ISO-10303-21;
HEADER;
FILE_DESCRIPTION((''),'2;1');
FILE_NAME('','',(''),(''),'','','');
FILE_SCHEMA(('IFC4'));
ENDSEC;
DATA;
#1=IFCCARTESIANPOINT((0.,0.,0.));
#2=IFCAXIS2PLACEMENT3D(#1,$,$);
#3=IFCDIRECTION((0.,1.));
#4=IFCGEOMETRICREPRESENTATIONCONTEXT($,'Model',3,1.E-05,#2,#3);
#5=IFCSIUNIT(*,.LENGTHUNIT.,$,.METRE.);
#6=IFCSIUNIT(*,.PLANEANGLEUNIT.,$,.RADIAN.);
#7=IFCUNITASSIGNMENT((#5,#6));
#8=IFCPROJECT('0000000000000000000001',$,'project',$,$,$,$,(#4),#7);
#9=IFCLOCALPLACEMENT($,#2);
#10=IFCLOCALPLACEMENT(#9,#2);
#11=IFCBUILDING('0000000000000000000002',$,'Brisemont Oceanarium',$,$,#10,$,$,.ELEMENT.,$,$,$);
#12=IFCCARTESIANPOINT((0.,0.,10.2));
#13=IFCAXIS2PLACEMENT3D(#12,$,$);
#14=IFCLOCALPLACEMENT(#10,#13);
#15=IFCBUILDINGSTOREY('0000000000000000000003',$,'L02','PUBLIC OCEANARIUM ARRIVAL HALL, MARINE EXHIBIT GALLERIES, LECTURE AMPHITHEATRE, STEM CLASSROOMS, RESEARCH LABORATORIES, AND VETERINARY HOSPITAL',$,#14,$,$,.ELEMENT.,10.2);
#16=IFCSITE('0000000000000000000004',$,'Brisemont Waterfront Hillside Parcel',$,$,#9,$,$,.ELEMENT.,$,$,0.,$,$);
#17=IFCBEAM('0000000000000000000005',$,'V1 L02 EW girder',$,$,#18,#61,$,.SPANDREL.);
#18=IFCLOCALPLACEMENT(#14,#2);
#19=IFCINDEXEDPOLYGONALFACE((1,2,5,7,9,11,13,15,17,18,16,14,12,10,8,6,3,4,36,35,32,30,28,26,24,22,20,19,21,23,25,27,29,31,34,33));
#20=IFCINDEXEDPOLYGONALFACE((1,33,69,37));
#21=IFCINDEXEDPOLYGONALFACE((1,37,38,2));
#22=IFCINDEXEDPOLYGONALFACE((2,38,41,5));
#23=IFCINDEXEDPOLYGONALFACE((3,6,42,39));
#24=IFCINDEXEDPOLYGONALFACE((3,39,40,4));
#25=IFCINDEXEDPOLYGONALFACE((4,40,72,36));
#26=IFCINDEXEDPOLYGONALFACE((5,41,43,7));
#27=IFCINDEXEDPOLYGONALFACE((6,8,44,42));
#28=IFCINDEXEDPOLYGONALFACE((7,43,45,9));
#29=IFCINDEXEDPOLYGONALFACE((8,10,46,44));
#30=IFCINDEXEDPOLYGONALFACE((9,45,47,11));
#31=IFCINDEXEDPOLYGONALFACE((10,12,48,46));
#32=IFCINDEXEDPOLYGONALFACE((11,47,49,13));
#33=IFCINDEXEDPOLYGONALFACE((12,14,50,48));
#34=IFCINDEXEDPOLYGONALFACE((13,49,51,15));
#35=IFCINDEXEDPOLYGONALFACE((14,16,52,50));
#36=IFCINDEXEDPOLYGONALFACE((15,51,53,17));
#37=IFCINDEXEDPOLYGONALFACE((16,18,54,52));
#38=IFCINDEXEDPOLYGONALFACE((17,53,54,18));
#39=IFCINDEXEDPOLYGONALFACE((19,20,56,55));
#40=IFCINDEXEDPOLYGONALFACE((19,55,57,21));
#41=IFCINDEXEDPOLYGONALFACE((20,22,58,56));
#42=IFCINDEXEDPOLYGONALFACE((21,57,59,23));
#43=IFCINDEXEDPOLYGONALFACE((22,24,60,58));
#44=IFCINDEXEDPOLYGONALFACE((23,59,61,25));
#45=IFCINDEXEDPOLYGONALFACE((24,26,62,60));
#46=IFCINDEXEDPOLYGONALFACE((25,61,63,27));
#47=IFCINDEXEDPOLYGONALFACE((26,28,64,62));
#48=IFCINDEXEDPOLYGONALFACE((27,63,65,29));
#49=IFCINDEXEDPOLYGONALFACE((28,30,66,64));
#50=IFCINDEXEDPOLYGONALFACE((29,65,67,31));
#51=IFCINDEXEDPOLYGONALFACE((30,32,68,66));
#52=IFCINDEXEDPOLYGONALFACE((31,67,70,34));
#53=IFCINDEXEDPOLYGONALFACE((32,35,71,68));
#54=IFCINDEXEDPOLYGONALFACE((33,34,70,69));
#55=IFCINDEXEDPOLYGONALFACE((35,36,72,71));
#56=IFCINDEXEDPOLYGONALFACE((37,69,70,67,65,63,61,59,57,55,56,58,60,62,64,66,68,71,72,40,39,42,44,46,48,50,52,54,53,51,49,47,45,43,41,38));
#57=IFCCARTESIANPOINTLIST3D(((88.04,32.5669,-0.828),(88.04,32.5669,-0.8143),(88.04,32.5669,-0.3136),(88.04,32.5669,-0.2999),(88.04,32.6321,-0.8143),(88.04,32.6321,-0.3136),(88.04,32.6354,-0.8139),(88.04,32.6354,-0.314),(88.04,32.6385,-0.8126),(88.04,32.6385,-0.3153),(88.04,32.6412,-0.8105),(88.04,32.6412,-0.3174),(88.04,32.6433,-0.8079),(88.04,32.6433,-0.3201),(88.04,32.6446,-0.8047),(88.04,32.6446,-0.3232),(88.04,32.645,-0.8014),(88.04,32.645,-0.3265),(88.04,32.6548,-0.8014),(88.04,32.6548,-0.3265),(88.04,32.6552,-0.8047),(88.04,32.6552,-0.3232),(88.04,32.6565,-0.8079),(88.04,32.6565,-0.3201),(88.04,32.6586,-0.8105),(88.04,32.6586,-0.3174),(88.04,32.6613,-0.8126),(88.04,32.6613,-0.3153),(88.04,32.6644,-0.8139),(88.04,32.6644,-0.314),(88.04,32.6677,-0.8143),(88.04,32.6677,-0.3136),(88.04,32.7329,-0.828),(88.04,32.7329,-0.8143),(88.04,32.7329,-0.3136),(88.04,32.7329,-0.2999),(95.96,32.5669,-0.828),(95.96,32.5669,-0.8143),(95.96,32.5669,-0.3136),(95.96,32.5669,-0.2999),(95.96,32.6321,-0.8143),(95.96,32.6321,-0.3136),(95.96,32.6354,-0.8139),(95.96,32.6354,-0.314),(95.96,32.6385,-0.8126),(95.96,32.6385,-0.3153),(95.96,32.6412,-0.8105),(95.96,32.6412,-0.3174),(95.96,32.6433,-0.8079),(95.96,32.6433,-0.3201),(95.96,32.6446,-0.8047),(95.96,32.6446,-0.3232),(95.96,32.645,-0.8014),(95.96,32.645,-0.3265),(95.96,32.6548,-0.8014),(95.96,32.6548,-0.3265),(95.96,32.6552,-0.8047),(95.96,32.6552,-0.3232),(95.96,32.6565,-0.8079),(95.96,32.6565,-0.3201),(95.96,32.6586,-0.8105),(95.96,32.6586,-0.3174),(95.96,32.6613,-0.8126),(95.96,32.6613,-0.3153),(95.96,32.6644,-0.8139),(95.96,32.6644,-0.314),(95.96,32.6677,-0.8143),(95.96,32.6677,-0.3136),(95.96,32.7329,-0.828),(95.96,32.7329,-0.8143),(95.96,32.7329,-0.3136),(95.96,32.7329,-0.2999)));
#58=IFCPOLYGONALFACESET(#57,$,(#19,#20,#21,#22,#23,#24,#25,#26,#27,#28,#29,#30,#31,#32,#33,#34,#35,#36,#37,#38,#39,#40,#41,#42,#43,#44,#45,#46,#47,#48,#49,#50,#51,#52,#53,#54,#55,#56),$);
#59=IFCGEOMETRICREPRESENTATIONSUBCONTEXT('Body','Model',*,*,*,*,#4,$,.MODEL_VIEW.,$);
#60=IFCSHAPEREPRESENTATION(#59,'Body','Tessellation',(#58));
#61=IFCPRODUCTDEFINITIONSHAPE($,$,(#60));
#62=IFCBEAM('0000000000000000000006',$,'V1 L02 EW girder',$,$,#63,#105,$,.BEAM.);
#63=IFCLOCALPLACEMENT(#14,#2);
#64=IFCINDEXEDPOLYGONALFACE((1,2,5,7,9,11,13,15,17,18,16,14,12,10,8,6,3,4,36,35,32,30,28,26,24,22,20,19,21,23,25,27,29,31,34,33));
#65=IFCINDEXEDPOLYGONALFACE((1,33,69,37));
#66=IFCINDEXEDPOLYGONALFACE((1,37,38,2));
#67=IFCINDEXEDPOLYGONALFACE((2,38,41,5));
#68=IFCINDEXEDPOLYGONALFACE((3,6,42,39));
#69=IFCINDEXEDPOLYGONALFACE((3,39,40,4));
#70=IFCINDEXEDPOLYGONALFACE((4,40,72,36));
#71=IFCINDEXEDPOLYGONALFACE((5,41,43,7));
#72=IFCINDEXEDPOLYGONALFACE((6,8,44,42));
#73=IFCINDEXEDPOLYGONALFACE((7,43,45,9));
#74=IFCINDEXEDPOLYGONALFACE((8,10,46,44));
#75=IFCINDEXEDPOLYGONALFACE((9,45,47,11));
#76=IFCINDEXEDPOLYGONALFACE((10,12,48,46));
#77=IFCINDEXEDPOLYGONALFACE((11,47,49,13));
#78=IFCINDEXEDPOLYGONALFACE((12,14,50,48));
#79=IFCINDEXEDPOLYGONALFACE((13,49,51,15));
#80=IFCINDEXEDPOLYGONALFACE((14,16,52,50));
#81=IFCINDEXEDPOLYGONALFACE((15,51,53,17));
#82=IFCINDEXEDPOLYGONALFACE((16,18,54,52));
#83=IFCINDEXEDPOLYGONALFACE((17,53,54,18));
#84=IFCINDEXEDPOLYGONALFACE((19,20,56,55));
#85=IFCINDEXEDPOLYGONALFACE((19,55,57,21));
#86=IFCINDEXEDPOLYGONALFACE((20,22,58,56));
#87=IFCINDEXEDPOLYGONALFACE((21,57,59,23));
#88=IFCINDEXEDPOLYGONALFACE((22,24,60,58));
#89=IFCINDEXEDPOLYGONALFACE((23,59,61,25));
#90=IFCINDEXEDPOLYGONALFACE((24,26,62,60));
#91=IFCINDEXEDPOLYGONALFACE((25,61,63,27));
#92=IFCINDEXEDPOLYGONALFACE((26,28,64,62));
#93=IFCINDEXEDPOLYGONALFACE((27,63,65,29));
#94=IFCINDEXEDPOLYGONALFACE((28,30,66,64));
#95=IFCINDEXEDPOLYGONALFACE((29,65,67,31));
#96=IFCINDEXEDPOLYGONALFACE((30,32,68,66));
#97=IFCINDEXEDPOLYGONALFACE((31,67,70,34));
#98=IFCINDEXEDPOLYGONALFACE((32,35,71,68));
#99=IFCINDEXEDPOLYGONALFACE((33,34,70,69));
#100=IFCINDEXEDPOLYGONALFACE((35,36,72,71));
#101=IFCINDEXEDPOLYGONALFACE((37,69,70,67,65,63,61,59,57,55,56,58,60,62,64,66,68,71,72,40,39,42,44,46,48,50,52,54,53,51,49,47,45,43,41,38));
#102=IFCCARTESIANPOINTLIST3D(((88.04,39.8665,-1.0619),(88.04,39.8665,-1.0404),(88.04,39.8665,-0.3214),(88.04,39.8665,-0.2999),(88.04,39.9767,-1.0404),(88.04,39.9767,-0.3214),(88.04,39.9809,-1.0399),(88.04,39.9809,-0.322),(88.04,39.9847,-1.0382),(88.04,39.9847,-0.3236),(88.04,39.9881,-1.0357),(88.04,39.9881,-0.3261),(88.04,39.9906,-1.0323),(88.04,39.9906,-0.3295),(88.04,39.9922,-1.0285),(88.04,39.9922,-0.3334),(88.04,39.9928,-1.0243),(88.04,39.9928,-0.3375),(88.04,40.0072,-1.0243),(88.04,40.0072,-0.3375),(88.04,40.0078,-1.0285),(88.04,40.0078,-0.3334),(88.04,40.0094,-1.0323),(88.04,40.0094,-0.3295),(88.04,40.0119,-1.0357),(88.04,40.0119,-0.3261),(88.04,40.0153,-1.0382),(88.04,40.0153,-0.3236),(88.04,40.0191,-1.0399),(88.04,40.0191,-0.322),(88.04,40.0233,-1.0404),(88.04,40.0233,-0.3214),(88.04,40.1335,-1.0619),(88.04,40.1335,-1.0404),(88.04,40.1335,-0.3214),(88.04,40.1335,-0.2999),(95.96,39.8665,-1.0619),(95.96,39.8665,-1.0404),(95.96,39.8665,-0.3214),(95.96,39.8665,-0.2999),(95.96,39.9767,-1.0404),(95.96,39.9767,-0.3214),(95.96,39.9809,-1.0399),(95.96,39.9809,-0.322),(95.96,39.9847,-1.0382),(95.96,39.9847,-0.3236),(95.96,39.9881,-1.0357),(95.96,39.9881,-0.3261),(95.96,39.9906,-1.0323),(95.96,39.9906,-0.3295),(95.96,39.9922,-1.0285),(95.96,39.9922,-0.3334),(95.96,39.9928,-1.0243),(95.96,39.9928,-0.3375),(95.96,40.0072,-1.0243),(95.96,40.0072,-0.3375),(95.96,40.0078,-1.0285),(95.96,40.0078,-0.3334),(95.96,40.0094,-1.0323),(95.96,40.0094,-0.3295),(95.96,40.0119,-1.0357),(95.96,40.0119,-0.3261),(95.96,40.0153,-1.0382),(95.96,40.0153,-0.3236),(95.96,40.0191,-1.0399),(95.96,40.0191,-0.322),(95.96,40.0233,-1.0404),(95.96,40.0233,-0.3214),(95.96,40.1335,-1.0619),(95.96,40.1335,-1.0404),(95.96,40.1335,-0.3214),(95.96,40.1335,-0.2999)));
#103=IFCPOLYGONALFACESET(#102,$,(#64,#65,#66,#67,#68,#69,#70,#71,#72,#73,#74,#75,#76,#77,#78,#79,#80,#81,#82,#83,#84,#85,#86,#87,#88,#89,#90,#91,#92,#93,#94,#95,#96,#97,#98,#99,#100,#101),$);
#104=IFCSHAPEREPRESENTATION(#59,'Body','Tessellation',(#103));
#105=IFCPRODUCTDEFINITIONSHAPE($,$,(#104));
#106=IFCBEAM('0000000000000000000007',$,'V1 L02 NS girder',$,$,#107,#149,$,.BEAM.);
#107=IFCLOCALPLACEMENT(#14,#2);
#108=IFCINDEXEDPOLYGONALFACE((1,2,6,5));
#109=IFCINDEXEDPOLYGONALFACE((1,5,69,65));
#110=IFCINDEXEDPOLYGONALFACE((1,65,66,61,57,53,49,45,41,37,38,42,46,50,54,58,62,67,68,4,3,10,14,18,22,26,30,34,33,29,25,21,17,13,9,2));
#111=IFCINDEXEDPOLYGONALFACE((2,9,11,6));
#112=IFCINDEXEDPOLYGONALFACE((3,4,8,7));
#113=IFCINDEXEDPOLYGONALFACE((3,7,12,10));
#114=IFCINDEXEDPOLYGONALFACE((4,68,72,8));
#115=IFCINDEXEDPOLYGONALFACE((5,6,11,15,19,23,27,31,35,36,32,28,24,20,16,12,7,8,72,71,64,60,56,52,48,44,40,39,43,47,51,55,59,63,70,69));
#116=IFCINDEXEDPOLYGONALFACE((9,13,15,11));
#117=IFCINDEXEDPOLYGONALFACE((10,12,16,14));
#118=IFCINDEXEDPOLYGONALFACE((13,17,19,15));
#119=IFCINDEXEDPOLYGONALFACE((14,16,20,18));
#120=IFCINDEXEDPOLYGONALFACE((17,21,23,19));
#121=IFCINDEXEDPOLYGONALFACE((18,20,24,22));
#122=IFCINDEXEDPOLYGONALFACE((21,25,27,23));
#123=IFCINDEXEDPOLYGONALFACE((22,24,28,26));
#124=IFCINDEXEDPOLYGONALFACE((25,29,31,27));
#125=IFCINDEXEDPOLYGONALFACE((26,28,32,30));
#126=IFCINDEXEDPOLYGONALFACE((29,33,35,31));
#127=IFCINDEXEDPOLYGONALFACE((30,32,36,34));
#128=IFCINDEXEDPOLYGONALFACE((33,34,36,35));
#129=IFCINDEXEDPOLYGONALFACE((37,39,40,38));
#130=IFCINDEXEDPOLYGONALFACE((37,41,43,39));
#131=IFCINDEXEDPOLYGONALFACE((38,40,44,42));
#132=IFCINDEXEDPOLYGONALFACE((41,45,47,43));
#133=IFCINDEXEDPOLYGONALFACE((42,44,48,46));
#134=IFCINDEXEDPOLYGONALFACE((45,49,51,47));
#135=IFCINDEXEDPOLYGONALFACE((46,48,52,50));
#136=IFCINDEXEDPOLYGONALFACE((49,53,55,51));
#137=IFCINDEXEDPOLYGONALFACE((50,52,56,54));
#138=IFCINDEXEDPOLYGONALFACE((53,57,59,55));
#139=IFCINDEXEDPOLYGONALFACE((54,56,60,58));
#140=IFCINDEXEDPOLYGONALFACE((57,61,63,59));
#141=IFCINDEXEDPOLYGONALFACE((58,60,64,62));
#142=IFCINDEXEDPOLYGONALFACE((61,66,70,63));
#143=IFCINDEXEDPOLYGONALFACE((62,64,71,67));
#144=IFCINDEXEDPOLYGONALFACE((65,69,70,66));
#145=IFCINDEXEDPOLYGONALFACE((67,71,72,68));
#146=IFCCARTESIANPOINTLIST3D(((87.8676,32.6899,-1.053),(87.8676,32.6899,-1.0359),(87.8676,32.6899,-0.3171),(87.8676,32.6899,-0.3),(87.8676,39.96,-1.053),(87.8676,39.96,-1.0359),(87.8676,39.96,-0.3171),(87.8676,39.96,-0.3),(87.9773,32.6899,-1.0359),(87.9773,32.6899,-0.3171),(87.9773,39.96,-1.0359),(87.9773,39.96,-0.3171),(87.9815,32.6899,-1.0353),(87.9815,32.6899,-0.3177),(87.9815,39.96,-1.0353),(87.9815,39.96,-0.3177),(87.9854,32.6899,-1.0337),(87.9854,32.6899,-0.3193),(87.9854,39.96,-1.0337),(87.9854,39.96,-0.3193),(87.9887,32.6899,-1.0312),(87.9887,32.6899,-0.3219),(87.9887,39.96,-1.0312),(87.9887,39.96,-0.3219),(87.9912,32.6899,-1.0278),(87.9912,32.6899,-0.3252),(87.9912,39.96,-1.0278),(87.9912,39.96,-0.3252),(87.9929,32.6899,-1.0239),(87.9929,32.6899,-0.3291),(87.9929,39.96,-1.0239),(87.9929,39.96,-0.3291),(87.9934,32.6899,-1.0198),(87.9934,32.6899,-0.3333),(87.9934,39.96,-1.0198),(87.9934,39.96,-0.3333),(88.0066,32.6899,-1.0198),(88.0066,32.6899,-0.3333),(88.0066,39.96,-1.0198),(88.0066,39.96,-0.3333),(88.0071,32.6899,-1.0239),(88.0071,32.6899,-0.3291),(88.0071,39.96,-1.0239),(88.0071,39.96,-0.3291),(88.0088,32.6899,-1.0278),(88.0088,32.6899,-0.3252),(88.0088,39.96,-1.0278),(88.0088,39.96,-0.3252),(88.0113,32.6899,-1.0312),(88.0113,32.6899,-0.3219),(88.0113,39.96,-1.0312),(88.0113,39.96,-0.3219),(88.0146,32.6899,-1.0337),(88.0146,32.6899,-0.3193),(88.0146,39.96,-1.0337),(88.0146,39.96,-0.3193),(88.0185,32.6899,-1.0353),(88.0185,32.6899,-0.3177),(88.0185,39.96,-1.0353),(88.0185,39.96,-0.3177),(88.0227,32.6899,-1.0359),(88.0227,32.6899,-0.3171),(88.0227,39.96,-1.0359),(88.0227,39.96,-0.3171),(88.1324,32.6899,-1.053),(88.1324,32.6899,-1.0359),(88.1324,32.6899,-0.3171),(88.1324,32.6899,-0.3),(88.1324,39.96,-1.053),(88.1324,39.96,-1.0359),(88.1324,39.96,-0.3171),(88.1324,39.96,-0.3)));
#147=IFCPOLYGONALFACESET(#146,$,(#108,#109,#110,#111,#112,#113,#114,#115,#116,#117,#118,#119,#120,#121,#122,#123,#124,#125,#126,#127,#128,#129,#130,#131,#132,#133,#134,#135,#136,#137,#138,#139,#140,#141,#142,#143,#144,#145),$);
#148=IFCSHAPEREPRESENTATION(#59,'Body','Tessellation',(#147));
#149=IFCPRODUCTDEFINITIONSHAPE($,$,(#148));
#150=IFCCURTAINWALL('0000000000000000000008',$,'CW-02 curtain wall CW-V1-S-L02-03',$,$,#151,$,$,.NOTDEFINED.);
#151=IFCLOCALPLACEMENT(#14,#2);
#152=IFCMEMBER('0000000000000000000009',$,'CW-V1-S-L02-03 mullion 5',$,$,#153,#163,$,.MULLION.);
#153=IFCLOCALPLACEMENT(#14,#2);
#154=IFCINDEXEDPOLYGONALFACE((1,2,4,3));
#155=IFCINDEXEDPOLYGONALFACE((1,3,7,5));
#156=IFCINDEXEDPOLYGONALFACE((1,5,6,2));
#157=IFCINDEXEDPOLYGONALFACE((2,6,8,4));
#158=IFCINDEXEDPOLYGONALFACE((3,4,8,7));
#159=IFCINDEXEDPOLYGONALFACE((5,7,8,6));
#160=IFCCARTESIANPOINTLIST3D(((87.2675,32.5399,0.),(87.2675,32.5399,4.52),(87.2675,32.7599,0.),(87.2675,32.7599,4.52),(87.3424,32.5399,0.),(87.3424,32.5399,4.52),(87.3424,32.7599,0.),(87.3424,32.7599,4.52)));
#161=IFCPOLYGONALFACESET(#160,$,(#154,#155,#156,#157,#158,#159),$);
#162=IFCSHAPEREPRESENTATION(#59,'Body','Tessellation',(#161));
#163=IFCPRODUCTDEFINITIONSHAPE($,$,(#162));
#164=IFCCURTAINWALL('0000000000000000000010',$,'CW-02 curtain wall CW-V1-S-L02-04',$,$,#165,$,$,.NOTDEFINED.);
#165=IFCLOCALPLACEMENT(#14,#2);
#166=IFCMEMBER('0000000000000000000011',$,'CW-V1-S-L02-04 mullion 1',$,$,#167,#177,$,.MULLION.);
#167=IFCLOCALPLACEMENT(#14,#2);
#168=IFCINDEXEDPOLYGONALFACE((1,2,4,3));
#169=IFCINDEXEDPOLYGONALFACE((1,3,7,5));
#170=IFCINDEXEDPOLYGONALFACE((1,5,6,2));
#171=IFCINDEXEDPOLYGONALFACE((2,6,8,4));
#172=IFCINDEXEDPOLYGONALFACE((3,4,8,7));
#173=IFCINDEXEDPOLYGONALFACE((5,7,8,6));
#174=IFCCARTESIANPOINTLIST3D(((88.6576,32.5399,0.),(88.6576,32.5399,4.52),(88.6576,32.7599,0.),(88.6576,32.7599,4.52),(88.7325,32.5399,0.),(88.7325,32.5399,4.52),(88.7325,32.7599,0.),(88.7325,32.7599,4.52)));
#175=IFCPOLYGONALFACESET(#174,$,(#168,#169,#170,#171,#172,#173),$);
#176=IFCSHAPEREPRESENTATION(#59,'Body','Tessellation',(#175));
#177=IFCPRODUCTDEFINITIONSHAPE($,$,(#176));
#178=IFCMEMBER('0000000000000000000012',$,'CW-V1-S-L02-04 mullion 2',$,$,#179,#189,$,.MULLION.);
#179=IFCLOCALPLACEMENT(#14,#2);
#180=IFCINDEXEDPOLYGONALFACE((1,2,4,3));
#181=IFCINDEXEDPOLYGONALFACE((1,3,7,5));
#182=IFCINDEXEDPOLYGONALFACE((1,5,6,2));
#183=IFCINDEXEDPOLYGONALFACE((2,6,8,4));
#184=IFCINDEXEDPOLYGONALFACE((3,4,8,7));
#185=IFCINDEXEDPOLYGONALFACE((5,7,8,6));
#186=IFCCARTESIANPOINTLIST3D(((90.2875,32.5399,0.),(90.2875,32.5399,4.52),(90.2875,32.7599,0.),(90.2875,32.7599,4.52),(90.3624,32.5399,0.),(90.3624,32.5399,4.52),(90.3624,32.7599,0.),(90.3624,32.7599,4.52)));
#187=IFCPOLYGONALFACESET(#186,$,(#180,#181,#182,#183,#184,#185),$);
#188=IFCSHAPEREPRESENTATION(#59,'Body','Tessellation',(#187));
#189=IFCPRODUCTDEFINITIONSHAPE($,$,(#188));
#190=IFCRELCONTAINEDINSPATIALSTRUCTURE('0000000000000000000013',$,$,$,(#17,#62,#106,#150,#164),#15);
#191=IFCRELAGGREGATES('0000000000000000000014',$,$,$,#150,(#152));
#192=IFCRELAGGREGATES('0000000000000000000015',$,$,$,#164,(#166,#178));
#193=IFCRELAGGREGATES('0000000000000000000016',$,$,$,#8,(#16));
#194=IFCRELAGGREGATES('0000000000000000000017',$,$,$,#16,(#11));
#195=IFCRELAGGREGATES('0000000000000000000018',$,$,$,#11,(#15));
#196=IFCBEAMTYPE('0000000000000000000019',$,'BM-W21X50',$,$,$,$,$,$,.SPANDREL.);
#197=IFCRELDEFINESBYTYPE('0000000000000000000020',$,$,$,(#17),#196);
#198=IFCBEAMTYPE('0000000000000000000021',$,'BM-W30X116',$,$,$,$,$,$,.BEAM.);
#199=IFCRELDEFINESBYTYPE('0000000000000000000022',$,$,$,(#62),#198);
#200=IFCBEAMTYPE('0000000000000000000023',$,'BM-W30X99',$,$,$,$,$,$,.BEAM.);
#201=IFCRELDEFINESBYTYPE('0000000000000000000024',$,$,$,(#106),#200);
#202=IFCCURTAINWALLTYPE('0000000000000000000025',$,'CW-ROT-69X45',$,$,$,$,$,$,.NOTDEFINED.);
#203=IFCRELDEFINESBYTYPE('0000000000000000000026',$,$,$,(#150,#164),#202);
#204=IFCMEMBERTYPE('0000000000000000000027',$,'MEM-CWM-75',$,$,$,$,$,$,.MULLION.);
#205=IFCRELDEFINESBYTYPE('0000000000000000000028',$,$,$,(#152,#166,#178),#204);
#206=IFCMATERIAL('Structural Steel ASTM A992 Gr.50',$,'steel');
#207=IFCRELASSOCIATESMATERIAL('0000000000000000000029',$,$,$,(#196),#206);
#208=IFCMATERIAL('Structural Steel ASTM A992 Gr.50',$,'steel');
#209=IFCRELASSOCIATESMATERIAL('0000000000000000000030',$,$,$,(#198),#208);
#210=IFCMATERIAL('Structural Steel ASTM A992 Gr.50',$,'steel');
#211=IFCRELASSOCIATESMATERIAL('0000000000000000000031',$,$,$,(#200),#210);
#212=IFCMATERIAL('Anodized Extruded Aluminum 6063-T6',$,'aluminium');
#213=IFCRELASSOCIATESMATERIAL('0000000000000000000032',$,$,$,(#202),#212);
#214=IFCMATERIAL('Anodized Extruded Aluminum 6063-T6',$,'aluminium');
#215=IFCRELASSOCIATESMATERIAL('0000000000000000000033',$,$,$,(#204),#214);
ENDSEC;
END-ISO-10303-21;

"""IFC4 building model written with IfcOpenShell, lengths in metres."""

from ifc_helpers import new_model, si_unit, direction, frame, origin, origin_2d, place, context, subcontext, project, spatial, rectangle, i_section, extrude, material, material_profile, profile_set, type_object, element, aggregate, save


model = new_model("IFC4")

# Units and contexts
model_context = context("Model", 3, precision=1e-05, world=origin(), true_north=direction((0.0, 1.0)))
body_context = subcontext(model_context, "Body", "Model", "MODEL_VIEW")
ifc_project = project(units=[si_unit("LENGTHUNIT", "METRE"), si_unit("PLANEANGLEUNIT", "RADIAN")], contexts=[model_context])

# Site, building, storey
site_placement = place(None, origin())
site = spatial("IfcSite", under=ifc_project, at=site_placement, Name="Brisemont Waterfront Hillside Parcel", CompositionType="ELEMENT", RefElevation=0.0)
building_placement = place(site_placement, origin())
building = spatial("IfcBuilding", under=site, at=building_placement, Name="Brisemont Oceanarium", CompositionType="ELEMENT")
storey_placement = place(building_placement, frame((0.0, 0.0, 10.2)))
storey = spatial("IfcBuildingStorey", under=building, at=storey_placement, Name="L02", Description="PUBLIC OCEANARIUM ARRIVAL HALL, MARINE EXHIBIT GALLERIES, LECTURE AMPHITHEATRE, STEM CLASSROOMS, RESEARCH LABORATORIES, AND VETERINARY HOSPITAL", CompositionType="ELEMENT", Elevation=10.2)

# Beams
ifc_material_1 = material(Name="Structural Steel ASTM A992 Gr.50", Category="steel")
ifc_material_profile_1 = material_profile(ifc_material_1, i_section(OverallWidth=0.166, OverallDepth=0.5281, WebThickness=0.0098, FlangeThickness=0.0137, FilletRadius=0.0129, at=origin_2d()), Name="W21X50")
ifc_profile_set_1 = profile_set([ifc_material_profile_1], Name="Structural Steel ASTM A992 Gr.50")
beam_type_1 = type_object("IfcBeamType", Name="BM-W21X50", PredefinedType="SPANDREL", material=ifc_profile_set_1)
beam_1_placement = place(storey_placement, frame((88.04, 32.6499, -0.564), z_axis=(1.0, 0.0, 0.0), x_axis=(0.0, 1.0, 0.0)))
element("IfcBeam", 1, at=beam_1_placement, inside=storey, type_object=beam_type_1, Name="V1 L02 EW girder", PredefinedType="SPANDREL", context=body_context, shape_type="SweptSolid", body=[
    extrude(i_section(OverallWidth=0.166, OverallDepth=0.5281, WebThickness=0.0098, FlangeThickness=0.0137, FilletRadius=0.0129, at=origin_2d()), origin(), (0.0, 0.0, 1.0), 7.9199),
])
ifc_material_2 = material(Name="Structural Steel ASTM A992 Gr.50", Category="steel")
ifc_material_profile_2 = material_profile(ifc_material_2, i_section(OverallWidth=0.2671, OverallDepth=0.762, WebThickness=0.0144, FlangeThickness=0.0215, FilletRadius=0.0161, at=origin_2d()), Name="W30X116")
ifc_profile_set_2 = profile_set([ifc_material_profile_2], Name="Structural Steel ASTM A992 Gr.50")
beam_type_2 = type_object("IfcBeamType", Name="BM-W30X116", PredefinedType="BEAM", material=ifc_profile_set_2)
beam_2_placement = place(storey_placement, frame((88.04, 40.0, -0.6809), z_axis=(1.0, 0.0, 0.0), x_axis=(0.0, 1.0, 0.0)))
element("IfcBeam", 2, at=beam_2_placement, inside=storey, type_object=beam_type_2, Name="V1 L02 EW girder", PredefinedType="BEAM", context=body_context, shape_type="SweptSolid", body=[
    extrude(i_section(OverallWidth=0.2671, OverallDepth=0.762, WebThickness=0.0144, FlangeThickness=0.0215, FilletRadius=0.0161, at=origin_2d()), origin(), (0.0, 0.0, 1.0), 7.9199),
])
ifc_material_3 = material(Name="Structural Steel ASTM A992 Gr.50", Category="steel")
ifc_material_profile_3 = material_profile(ifc_material_3, i_section(OverallWidth=0.2649, OverallDepth=0.7529, WebThickness=0.0132, FlangeThickness=0.0171, FilletRadius=0.0161, at=origin_2d()), Name="W30X99")
ifc_profile_set_3 = profile_set([ifc_material_profile_3], Name="Structural Steel ASTM A992 Gr.50")
beam_type_3 = type_object("IfcBeamType", Name="BM-W30X99", PredefinedType="BEAM", material=ifc_profile_set_3)
beam_3_placement = place(storey_placement, frame((88.0, 32.6899, -0.6765), z_axis=(0.0, 1.0, 0.0), x_axis=(-1.0, 0.0, 0.0)))
element("IfcBeam", 3, at=beam_3_placement, inside=storey, type_object=beam_type_3, Name="V1 L02 NS girder", PredefinedType="BEAM", context=body_context, shape_type="SweptSolid", body=[
    extrude(i_section(OverallWidth=0.2649, OverallDepth=0.7529, WebThickness=0.0132, FlangeThickness=0.0171, FilletRadius=0.0161, at=origin_2d()), origin(), (0.0, 0.0, 1.0), 7.27),
])

# Curtain wall, member
ifc_material_4 = material(Name="Anodized Extruded Aluminum 6063-T6", Category="aluminium")
curtain_wall_type = type_object("IfcCurtainWallType", Name="CW-ROT-69X45", PredefinedType="NOTDEFINED", material=ifc_material_4)
curtain_wall_1_placement = place(storey_placement, origin())
curtain_wall_1 = element("IfcCurtainWall", 4, at=curtain_wall_1_placement, inside=storey, type_object=curtain_wall_type, Name="CW-02 curtain wall CW-V1-S-L02-03", PredefinedType="NOTDEFINED")
ifc_material_5 = material(Name="Anodized Extruded Aluminum 6063-T6", Category="aluminium")
ifc_material_profile_4 = material_profile(ifc_material_5, rectangle(XDim=0.075, YDim=0.22, at=origin_2d()), Name="CWM-75X220")
ifc_profile_set_4 = profile_set([ifc_material_profile_4], Name="Anodized Extruded Aluminum 6063-T6")
member_type_1 = type_object("IfcMemberType", Name="MEM-CWM-75", PredefinedType="MULLION", material=ifc_profile_set_4)
member_1_placement = place(storey_placement, frame((87.3049, 32.6499, 0.0), z_axis=(0.0, 0.0, 1.0), x_axis=(1.0, 0.0, 0.0)))
member_1 = element("IfcMember", 5, at=member_1_placement, type_object=member_type_1, Name="CW-V1-S-L02-03 mullion 5", PredefinedType="MULLION", context=body_context, shape_type="SweptSolid", body=[
    extrude(rectangle(XDim=0.075, YDim=0.22, at=origin_2d()), origin(), (0.0, 0.0, 1.0), 4.52),
])

# Curtain wall, members
curtain_wall_2_placement = place(storey_placement, origin())
curtain_wall_2 = element("IfcCurtainWall", 6, at=curtain_wall_2_placement, inside=storey, type_object=curtain_wall_type, Name="CW-02 curtain wall CW-V1-S-L02-04", PredefinedType="NOTDEFINED")
member_2_placement = place(storey_placement, frame((88.6951, 32.6499, 0.0), z_axis=(0.0, 0.0, 1.0), x_axis=(1.0, 0.0, 0.0)))
member_2 = element("IfcMember", 7, at=member_2_placement, type_object=member_type_1, Name="CW-V1-S-L02-04 mullion 1", PredefinedType="MULLION", context=body_context, shape_type="SweptSolid", body=[
    extrude(rectangle(XDim=0.075, YDim=0.22, at=origin_2d()), origin(), (0.0, 0.0, 1.0), 4.52),
])
member_3_placement = place(storey_placement, frame((90.325, 32.6499, 0.0), z_axis=(0.0, 0.0, 1.0), x_axis=(1.0, 0.0, 0.0)))
member_3 = element("IfcMember", 8, at=member_3_placement, type_object=member_type_1, Name="CW-V1-S-L02-04 mullion 2", PredefinedType="MULLION", context=body_context, shape_type="SweptSolid", body=[
    extrude(rectangle(XDim=0.075, YDim=0.22, at=origin_2d()), origin(), (0.0, 0.0, 1.0), 4.52),
])

aggregate(curtain_wall_1, [member_1])
aggregate(curtain_wall_2, [member_2, member_3])

save(model, "model.ifc")
